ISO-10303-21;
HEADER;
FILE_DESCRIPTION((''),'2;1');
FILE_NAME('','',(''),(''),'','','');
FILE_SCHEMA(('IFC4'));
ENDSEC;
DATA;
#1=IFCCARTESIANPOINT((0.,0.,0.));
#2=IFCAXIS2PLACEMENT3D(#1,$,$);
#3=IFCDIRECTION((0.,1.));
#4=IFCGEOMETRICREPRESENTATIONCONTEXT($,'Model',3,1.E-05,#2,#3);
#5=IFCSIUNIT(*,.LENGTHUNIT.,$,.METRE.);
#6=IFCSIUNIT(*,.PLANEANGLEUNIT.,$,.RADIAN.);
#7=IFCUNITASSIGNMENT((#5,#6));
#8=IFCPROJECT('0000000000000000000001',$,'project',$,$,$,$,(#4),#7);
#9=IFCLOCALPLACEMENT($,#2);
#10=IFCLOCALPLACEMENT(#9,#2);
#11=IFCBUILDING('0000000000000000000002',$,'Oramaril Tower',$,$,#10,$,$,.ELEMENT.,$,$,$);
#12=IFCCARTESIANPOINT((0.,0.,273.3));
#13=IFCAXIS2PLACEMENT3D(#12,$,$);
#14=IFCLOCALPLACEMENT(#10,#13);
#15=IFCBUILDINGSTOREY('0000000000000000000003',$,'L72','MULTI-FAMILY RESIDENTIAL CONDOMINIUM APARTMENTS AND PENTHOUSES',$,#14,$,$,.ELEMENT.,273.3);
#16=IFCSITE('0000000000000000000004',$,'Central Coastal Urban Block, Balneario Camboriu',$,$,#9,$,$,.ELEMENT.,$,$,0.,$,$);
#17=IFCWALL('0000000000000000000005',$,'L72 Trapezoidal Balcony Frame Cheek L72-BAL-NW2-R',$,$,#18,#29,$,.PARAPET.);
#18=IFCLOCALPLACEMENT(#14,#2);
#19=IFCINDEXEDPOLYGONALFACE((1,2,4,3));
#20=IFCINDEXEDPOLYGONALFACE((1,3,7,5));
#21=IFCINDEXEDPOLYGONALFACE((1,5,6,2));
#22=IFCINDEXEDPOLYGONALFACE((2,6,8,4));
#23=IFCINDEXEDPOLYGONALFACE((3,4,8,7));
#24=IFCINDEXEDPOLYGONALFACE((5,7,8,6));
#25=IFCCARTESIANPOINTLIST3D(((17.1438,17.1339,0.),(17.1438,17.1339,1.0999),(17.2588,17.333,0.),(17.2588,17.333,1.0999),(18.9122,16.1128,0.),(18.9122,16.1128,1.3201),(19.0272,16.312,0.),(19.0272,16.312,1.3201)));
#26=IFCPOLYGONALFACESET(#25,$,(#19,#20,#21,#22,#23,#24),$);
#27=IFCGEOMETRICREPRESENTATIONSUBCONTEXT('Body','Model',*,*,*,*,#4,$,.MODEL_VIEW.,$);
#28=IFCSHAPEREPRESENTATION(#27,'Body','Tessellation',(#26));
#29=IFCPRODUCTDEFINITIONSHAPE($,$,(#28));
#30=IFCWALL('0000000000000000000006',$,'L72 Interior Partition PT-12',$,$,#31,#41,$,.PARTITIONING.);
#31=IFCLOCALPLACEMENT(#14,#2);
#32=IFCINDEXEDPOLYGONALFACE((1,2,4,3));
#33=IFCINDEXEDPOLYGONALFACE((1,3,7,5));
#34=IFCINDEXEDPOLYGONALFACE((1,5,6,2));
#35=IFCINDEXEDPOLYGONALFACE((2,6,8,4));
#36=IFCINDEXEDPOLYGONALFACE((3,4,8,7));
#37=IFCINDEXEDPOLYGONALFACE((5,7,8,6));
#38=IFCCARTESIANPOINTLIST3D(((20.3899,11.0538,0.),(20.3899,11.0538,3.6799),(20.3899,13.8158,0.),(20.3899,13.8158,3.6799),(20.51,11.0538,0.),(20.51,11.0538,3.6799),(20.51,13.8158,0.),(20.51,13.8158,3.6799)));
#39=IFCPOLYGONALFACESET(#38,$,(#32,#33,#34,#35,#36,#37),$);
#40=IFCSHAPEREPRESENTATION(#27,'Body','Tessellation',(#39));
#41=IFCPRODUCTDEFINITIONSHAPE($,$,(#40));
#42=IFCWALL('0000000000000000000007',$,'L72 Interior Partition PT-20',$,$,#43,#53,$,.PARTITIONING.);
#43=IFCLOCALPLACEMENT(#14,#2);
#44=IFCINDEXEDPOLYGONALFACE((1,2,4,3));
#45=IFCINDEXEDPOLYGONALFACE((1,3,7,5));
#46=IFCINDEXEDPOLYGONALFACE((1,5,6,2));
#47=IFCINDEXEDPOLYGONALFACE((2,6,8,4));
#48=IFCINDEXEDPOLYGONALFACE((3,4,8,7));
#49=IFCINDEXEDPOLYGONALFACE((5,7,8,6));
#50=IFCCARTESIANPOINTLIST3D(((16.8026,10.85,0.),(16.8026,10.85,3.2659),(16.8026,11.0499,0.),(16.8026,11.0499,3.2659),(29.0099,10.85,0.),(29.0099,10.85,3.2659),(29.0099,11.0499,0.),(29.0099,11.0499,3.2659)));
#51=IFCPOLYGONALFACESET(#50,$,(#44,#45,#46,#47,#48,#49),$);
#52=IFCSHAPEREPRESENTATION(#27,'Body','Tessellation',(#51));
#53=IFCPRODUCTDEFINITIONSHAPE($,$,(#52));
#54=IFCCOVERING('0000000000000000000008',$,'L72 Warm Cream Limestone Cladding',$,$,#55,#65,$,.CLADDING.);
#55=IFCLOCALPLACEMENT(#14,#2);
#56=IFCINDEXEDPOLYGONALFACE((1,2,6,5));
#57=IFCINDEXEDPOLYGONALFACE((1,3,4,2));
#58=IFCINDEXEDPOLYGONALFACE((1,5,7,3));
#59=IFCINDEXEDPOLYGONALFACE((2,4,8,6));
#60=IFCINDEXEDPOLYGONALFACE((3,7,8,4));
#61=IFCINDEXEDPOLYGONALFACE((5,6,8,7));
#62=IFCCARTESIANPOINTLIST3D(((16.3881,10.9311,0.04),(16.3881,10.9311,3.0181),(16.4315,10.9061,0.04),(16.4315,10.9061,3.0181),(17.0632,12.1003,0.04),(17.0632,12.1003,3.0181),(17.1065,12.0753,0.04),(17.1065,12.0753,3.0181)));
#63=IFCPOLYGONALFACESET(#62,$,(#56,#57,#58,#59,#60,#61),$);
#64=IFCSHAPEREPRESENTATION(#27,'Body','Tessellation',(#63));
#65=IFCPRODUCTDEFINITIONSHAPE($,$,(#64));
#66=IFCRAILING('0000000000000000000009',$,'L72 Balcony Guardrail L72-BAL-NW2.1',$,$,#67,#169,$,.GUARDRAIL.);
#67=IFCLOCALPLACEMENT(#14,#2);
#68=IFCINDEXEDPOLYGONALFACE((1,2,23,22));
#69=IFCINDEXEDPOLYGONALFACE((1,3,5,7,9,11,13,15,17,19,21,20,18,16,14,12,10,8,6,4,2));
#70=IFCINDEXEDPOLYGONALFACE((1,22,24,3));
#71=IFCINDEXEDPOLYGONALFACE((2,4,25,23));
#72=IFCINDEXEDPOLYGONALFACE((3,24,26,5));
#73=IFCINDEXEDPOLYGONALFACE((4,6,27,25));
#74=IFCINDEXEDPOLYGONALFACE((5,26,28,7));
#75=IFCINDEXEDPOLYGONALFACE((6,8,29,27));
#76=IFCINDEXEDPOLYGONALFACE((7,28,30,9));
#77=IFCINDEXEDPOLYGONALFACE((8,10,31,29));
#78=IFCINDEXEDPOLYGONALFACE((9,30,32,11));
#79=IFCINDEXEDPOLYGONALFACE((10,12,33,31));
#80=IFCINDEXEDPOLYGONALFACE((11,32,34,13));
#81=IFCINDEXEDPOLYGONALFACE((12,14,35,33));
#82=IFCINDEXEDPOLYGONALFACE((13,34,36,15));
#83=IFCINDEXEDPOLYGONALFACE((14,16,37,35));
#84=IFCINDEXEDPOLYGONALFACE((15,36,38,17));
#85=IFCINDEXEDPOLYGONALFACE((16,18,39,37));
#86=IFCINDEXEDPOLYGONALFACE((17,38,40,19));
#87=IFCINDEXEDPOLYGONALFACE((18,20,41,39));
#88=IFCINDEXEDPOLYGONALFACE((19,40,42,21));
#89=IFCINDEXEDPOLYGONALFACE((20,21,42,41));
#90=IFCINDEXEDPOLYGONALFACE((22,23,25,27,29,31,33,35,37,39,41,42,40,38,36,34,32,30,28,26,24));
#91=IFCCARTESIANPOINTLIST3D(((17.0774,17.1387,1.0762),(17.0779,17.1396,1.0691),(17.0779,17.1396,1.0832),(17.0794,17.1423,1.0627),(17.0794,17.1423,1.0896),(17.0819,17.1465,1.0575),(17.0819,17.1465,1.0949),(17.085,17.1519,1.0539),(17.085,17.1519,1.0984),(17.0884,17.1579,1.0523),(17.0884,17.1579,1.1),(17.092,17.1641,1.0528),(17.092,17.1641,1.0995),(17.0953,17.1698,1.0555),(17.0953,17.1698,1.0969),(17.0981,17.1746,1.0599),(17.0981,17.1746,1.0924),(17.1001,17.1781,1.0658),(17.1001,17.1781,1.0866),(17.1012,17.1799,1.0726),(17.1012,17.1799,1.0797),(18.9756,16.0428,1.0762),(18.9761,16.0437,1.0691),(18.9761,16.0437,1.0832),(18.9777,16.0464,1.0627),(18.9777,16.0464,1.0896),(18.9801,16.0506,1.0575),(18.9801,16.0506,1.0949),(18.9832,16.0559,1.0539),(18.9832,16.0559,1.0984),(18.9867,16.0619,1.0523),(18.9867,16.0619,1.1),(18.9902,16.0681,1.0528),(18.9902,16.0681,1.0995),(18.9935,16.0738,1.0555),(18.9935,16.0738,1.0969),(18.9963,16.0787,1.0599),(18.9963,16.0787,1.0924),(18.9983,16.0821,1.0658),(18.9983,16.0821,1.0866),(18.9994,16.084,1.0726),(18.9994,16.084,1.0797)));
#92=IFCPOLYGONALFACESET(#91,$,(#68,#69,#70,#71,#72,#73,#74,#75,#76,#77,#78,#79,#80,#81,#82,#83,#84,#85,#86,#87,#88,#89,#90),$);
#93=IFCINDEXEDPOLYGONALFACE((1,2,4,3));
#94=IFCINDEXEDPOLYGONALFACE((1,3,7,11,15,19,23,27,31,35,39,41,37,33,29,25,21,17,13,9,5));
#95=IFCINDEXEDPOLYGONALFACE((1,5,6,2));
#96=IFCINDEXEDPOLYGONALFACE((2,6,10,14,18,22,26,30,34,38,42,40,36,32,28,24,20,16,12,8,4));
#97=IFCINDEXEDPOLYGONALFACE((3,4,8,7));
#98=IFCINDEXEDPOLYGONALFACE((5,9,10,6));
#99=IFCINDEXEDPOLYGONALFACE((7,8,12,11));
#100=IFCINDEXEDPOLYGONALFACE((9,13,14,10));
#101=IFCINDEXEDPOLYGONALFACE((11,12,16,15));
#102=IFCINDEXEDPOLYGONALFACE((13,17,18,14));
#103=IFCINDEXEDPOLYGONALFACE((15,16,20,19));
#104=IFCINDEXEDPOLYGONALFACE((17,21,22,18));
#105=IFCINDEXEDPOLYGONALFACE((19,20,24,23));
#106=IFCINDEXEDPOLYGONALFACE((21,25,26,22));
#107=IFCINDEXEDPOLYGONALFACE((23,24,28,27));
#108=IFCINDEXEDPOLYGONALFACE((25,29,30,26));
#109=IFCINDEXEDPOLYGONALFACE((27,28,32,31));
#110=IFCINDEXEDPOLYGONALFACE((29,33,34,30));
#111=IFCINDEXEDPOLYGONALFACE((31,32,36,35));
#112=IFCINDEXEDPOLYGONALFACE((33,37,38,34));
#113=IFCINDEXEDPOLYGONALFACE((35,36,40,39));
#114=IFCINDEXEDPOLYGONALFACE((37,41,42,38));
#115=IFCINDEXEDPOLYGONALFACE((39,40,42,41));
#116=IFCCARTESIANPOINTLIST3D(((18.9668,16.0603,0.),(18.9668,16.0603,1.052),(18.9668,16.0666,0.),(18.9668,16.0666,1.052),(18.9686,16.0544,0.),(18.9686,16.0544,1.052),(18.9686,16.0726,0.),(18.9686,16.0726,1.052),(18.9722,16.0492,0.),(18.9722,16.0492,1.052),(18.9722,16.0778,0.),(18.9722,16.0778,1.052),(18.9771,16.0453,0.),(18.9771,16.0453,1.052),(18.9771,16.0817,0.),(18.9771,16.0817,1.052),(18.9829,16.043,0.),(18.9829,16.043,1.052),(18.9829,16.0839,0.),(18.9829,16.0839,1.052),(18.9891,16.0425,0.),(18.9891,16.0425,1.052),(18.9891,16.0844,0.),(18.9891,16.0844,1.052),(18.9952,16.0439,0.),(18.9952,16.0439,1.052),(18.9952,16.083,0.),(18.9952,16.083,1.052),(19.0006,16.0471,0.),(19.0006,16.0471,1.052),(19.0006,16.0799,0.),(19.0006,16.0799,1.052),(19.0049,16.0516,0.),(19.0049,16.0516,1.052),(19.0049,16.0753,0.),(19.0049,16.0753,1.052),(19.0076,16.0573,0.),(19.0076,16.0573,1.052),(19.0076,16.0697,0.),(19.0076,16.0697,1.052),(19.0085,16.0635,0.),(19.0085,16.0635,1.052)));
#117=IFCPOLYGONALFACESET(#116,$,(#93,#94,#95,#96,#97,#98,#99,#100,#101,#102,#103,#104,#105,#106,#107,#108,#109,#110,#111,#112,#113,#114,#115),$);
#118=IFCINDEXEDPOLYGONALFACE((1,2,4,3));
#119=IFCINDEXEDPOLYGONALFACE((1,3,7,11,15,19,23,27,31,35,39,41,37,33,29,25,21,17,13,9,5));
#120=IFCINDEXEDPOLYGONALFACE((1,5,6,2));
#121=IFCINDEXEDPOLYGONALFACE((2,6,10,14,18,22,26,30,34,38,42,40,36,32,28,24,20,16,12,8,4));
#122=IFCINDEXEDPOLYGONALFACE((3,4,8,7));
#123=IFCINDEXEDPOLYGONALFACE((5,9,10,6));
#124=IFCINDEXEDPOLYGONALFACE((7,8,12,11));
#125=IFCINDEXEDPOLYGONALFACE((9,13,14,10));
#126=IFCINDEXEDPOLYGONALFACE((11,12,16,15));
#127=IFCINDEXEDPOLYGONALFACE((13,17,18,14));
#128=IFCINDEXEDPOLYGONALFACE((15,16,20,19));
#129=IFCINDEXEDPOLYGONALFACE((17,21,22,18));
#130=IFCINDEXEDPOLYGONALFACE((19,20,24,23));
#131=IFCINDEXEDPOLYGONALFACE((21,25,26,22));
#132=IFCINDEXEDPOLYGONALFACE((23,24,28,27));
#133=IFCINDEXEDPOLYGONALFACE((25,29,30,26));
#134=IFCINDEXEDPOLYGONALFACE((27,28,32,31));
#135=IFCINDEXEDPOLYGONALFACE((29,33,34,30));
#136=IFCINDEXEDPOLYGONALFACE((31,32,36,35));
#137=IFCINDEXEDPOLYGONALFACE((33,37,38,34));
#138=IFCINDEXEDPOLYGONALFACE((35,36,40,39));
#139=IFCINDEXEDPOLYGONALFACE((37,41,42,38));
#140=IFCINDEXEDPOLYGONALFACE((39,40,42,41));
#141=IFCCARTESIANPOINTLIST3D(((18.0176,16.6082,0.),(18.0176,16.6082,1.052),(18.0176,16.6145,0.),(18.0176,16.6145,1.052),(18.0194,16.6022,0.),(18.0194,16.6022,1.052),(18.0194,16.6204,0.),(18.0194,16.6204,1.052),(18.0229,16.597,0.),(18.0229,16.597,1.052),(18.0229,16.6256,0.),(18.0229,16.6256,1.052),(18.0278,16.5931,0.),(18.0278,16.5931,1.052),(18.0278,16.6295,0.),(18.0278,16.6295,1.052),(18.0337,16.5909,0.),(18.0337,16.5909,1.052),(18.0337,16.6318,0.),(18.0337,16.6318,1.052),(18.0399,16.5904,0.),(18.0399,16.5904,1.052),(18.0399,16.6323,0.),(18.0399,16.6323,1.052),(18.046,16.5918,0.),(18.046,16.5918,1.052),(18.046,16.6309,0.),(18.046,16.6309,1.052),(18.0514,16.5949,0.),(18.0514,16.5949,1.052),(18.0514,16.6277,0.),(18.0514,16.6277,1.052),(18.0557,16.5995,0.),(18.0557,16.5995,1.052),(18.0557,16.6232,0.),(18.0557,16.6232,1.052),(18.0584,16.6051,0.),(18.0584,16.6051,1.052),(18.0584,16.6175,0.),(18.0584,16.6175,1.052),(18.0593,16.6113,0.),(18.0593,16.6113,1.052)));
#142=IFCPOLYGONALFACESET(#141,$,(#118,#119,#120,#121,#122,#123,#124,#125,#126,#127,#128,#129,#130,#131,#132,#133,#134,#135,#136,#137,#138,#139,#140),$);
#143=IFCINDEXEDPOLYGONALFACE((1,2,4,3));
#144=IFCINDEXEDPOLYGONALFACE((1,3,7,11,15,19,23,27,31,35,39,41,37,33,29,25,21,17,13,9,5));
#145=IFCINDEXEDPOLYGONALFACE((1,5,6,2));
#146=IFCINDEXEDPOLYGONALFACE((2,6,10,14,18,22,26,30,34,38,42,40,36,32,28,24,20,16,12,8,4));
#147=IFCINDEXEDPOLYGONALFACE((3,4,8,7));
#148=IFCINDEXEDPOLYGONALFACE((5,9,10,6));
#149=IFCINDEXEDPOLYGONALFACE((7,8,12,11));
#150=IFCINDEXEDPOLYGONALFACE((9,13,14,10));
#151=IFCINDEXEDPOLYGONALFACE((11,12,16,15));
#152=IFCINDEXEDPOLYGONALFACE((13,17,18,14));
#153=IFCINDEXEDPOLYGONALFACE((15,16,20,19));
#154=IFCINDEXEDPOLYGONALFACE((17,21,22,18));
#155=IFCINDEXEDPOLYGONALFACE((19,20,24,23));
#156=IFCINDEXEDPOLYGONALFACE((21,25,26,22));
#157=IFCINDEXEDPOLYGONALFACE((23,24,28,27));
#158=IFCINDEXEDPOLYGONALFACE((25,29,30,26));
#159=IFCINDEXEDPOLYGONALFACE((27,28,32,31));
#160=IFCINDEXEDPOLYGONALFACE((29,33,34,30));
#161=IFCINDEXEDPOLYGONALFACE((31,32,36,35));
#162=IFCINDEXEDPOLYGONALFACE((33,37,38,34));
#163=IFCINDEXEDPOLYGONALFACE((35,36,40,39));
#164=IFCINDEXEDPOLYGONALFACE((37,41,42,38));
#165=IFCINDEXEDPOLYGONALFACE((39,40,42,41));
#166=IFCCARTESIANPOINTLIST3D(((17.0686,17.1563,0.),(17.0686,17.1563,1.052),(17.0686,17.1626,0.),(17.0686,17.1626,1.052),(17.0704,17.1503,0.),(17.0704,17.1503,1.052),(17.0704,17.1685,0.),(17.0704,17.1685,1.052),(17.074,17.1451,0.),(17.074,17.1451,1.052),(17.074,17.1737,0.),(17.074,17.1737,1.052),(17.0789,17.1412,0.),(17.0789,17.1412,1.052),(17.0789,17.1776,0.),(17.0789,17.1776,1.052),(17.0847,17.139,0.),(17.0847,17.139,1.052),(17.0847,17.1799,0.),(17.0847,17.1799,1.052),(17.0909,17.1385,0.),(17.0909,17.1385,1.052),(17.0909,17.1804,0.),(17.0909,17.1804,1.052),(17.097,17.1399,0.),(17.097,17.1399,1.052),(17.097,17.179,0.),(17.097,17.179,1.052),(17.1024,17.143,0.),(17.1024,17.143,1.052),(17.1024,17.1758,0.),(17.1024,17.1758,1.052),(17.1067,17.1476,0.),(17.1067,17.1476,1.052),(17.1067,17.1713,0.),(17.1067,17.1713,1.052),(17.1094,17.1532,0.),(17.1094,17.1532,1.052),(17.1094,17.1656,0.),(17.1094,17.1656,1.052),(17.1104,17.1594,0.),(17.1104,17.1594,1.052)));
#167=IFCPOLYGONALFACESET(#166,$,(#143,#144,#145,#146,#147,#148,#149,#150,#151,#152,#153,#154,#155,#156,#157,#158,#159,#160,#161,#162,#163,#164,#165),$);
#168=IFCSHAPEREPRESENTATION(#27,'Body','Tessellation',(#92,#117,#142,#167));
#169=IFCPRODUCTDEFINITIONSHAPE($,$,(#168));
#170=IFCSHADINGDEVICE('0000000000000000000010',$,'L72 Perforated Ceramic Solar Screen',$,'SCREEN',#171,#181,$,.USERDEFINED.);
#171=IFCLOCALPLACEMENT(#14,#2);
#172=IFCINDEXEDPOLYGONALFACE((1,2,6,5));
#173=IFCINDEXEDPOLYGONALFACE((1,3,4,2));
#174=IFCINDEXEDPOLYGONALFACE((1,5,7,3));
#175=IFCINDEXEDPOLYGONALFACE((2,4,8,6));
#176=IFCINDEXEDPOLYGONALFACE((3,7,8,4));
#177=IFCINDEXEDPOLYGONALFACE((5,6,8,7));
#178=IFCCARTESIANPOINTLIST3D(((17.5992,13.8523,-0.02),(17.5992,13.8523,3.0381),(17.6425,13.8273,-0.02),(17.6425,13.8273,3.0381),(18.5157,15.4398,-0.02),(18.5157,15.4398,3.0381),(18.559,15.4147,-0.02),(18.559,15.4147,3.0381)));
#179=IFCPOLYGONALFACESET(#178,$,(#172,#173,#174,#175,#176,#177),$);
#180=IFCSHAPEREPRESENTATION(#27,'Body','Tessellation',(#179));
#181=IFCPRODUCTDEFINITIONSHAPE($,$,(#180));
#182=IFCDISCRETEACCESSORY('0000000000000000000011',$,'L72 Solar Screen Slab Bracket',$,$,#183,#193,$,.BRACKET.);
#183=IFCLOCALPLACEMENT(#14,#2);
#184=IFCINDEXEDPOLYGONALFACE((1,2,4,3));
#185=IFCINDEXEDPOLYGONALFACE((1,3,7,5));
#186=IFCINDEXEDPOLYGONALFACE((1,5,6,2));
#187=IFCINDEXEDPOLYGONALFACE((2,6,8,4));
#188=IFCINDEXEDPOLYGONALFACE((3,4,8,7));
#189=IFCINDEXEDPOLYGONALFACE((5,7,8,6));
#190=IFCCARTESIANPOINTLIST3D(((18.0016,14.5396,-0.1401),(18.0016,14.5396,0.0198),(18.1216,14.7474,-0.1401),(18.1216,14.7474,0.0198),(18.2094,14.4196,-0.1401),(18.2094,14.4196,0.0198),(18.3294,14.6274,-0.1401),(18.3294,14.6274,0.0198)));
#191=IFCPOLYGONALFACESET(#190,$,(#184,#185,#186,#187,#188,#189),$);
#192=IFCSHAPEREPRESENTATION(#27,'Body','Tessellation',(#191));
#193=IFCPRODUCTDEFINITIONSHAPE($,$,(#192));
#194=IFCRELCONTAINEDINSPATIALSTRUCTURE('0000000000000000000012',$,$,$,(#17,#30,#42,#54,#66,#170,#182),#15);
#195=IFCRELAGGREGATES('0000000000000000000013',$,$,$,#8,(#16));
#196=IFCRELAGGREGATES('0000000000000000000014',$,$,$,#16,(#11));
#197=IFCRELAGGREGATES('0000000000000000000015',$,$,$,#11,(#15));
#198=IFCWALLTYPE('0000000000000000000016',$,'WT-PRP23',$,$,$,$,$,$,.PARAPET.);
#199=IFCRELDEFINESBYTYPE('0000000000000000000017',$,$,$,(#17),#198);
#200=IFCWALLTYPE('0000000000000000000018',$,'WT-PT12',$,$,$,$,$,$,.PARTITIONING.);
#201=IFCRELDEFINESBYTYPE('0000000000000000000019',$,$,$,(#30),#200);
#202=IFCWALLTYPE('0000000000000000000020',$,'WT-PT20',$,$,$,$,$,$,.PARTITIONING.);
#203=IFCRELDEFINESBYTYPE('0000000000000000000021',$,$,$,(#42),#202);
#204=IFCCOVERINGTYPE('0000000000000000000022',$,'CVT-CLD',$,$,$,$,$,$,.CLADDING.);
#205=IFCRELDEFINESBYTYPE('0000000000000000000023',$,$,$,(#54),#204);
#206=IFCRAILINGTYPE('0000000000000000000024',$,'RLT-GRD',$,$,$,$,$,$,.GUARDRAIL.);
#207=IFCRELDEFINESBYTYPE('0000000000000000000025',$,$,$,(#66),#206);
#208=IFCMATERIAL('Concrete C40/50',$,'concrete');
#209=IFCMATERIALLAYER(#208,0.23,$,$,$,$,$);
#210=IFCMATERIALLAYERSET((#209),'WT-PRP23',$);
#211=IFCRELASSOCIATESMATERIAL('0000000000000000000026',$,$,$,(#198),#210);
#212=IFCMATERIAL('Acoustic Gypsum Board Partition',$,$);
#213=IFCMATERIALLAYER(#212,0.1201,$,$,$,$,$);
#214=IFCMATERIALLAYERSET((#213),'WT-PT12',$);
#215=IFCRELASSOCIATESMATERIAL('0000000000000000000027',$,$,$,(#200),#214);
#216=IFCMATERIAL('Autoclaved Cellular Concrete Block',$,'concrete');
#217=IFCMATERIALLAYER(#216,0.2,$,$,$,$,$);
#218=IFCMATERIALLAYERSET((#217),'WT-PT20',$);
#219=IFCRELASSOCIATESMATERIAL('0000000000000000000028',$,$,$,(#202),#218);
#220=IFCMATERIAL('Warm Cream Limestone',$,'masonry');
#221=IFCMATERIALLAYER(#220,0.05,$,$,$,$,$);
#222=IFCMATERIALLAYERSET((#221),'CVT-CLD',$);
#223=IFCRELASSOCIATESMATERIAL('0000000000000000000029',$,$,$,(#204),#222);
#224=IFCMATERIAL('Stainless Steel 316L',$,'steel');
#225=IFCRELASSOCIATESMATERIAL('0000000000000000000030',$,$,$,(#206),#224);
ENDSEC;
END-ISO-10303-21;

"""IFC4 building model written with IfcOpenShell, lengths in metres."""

from ifc_helpers import new_model, si_unit, direction, frame, frame_2d, origin, origin_2d, place, context, subcontext, project, spatial, polyline, rectangle, circle, outline, extrude, material, layer, layer_set, type_object, element, save


model = new_model("IFC4")

# Units and contexts
model_context = context("Model", 3, precision=1e-05, world=origin(), true_north=direction((0.0, 1.0)))
body_context = subcontext(model_context, "Body", "Model", "MODEL_VIEW")
ifc_project = project(units=[si_unit("LENGTHUNIT", "METRE"), si_unit("PLANEANGLEUNIT", "RADIAN")], contexts=[model_context])

# Site, building, storey
site_placement = place(None, origin())
site = spatial("IfcSite", under=ifc_project, at=site_placement, Name="Central Coastal Urban Block, Balneario Camboriu", CompositionType="ELEMENT", RefElevation=0.0)
building_placement = place(site_placement, origin())
building = spatial("IfcBuilding", under=site, at=building_placement, Name="Oramaril Tower", CompositionType="ELEMENT")
storey_placement = place(building_placement, frame((0.0, 0.0, 273.3)))
storey = spatial("IfcBuildingStorey", under=building, at=storey_placement, Name="L72", Description="MULTI-FAMILY RESIDENTIAL CONDOMINIUM APARTMENTS AND PENTHOUSES", CompositionType="ELEMENT", Elevation=273.3)

# Walls
ifc_material_1 = material(Name="Concrete C40/50", Category="concrete")
ifc_layer_1 = layer(ifc_material_1, 0.23)
ifc_layer_set_1 = layer_set([ifc_layer_1], Name="WT-PRP23")
wall_type_1 = type_object("IfcWallType", Name="WT-PRP23", PredefinedType="PARAPET", material=ifc_layer_set_1)
wall_1_placement = place(storey_placement, frame((18.9697, 16.2124, 0.0), z_axis=(0.0, 0.0, 1.0), x_axis=(-0.866012, 0.500023, 0.0)))
element("IfcWall", 1, at=wall_1_placement, inside=storey, type_object=wall_type_1, Name="L72 Trapezoidal Balcony Frame Cheek L72-BAL-NW2-R", PredefinedType="PARAPET", context=body_context, shape_type="SweptSolid", body=[
    extrude(outline(polyline([(0.0, 0.0), (2.042, 0.0), (2.042, 1.0999), (0.0, 1.3201), (0.0, 0.0)])), frame((0.0, 0.115, 0.0), z_axis=(0.0, -1.0, 0.0), x_axis=(1.0, 0.0, 0.0)), (0.0, 0.0, 1.0), 0.23),
])
ifc_material_2 = material(Name="Acoustic Gypsum Board Partition")
ifc_layer_2 = layer(ifc_material_2, 0.1201)
ifc_layer_set_2 = layer_set([ifc_layer_2], Name="WT-PT12")
wall_type_2 = type_object("IfcWallType", Name="WT-PT12", PredefinedType="PARTITIONING", material=ifc_layer_set_2)
wall_2_placement = place(storey_placement, frame((20.45, 11.054, 0.0), z_axis=(0.0, 0.0, 1.0), x_axis=(0.0, 1.0, 0.0)))
element("IfcWall", 2, at=wall_2_placement, inside=storey, type_object=wall_type_2, Name="L72 Interior Partition PT-12", PredefinedType="PARTITIONING", context=body_context, shape_type="SweptSolid", body=[
    extrude(rectangle(XDim=2.762, YDim=0.1201, at=frame_2d((1.3809, 0.0))), origin(), (0.0, 0.0, 1.0), 3.6799),
])

# Wall
ifc_material_3 = material(Name="Autoclaved Cellular Concrete Block", Category="concrete")
ifc_layer_3 = layer(ifc_material_3, 0.2)
ifc_layer_set_3 = layer_set([ifc_layer_3], Name="WT-PT20")
wall_type_3 = type_object("IfcWallType", Name="WT-PT20", PredefinedType="PARTITIONING", material=ifc_layer_set_3)
wall_3_placement = place(storey_placement, frame((16.8027, 10.95, 0.0), z_axis=(0.0, 0.0, 1.0), x_axis=(1.0, 0.0, 0.0)))
element("IfcWall", 3, at=wall_3_placement, inside=storey, type_object=wall_type_3, Name="L72 Interior Partition PT-20", PredefinedType="PARTITIONING", context=body_context, shape_type="SweptSolid", body=[
    extrude(rectangle(XDim=12.2073, YDim=0.2, at=frame_2d((6.1035, 0.0))), origin(), (0.0, 0.0, 1.0), 3.2659),
])

# Covering
ifc_material_4 = material(Name="Warm Cream Limestone", Category="masonry")
ifc_layer_4 = layer(ifc_material_4, 0.05)
ifc_layer_set_4 = layer_set([ifc_layer_4], Name="CVT-CLD")
covering_type = type_object("IfcCoveringType", Name="CVT-CLD", PredefinedType="CLADDING", material=ifc_layer_set_4)
covering_placement = place(storey_placement, frame((16.7473, 11.5032, 0.04), z_axis=(0.0, 0.0, 1.0), x_axis=(-0.499998, -0.866026, 0.0)))
element("IfcCovering", 4, at=covering_placement, inside=storey, type_object=covering_type, Name="L72 Warm Cream Limestone Cladding", PredefinedType="CLADDING", context=body_context, shape_type="SweptSolid", body=[
    extrude(rectangle(XDim=1.3501, YDim=0.05, at=origin_2d()), origin(), (0.0, 0.0, 1.0), 2.978),
])

# Railing
ifc_material_5 = material(Name="Stainless Steel 316L", Category="steel")
railing_type = type_object("IfcRailingType", Name="RLT-GRD", PredefinedType="GUARDRAIL", material=ifc_material_5)
railing_1_placement = place(storey_placement, frame((18.9875, 16.0635, 0.0)))
element("IfcRailing", 5, at=railing_1_placement, inside=storey, type_object=railing_type, Name="L72 Balcony Guardrail L72-BAL-NW2.1", PredefinedType="GUARDRAIL", context=body_context, shape_type="SweptSolid", body=[
    extrude(circle(Radius=0.0239, at=origin_2d()), frame((0.0, 0.0, 1.0762), z_axis=(-0.866021, 0.500008, 0.0), x_axis=(-0.500008, -0.866021, 0.0)), (0.0, 0.0, 1.0), 2.1919),
    extrude(circle(Radius=0.021, at=origin_2d()), origin(), (0.0, 0.0, 1.0), 1.052),
    extrude(circle(Radius=0.021, at=origin_2d()), frame((-0.9492, 0.5479, 0.0)), (0.0, 0.0, 1.0), 1.052),
    extrude(circle(Radius=0.021, at=origin_2d()), frame((-1.8982, 1.0959, 0.0)), (0.0, 0.0, 1.0), 1.052),
])

# Shading device
shading_device_placement = place(storey_placement, frame((18.0791, 14.6335, -0.02), z_axis=(0.0, 0.0, 1.0), x_axis=(-0.499998, -0.866026, 0.0)))
element("IfcShadingDevice", 6, at=shading_device_placement, inside=storey, Name="L72 Perforated Ceramic Solar Screen", ObjectType="SCREEN", PredefinedType="USERDEFINED", context=body_context, shape_type="SweptSolid", body=[
    extrude(rectangle(XDim=1.833, YDim=0.05, at=origin_2d()), origin(), (0.0, 0.0, 1.0), 3.0581),
])

# Discrete accessory
discrete_accessory_placement = place(storey_placement, frame((18.1655, 14.5835, -0.1401), z_axis=(0.0, 0.0, 1.0), x_axis=(-0.499998, -0.866026, 0.0)))
element("IfcDiscreteAccessory", 7, at=discrete_accessory_placement, inside=storey, Name="L72 Solar Screen Slab Bracket", PredefinedType="BRACKET", context=body_context, shape_type="SweptSolid", body=[
    extrude(rectangle(XDim=0.24, YDim=0.24, at=origin_2d()), origin(), (0.0, 0.0, 1.0), 0.1599),
])

save(model, "model.ifc")
